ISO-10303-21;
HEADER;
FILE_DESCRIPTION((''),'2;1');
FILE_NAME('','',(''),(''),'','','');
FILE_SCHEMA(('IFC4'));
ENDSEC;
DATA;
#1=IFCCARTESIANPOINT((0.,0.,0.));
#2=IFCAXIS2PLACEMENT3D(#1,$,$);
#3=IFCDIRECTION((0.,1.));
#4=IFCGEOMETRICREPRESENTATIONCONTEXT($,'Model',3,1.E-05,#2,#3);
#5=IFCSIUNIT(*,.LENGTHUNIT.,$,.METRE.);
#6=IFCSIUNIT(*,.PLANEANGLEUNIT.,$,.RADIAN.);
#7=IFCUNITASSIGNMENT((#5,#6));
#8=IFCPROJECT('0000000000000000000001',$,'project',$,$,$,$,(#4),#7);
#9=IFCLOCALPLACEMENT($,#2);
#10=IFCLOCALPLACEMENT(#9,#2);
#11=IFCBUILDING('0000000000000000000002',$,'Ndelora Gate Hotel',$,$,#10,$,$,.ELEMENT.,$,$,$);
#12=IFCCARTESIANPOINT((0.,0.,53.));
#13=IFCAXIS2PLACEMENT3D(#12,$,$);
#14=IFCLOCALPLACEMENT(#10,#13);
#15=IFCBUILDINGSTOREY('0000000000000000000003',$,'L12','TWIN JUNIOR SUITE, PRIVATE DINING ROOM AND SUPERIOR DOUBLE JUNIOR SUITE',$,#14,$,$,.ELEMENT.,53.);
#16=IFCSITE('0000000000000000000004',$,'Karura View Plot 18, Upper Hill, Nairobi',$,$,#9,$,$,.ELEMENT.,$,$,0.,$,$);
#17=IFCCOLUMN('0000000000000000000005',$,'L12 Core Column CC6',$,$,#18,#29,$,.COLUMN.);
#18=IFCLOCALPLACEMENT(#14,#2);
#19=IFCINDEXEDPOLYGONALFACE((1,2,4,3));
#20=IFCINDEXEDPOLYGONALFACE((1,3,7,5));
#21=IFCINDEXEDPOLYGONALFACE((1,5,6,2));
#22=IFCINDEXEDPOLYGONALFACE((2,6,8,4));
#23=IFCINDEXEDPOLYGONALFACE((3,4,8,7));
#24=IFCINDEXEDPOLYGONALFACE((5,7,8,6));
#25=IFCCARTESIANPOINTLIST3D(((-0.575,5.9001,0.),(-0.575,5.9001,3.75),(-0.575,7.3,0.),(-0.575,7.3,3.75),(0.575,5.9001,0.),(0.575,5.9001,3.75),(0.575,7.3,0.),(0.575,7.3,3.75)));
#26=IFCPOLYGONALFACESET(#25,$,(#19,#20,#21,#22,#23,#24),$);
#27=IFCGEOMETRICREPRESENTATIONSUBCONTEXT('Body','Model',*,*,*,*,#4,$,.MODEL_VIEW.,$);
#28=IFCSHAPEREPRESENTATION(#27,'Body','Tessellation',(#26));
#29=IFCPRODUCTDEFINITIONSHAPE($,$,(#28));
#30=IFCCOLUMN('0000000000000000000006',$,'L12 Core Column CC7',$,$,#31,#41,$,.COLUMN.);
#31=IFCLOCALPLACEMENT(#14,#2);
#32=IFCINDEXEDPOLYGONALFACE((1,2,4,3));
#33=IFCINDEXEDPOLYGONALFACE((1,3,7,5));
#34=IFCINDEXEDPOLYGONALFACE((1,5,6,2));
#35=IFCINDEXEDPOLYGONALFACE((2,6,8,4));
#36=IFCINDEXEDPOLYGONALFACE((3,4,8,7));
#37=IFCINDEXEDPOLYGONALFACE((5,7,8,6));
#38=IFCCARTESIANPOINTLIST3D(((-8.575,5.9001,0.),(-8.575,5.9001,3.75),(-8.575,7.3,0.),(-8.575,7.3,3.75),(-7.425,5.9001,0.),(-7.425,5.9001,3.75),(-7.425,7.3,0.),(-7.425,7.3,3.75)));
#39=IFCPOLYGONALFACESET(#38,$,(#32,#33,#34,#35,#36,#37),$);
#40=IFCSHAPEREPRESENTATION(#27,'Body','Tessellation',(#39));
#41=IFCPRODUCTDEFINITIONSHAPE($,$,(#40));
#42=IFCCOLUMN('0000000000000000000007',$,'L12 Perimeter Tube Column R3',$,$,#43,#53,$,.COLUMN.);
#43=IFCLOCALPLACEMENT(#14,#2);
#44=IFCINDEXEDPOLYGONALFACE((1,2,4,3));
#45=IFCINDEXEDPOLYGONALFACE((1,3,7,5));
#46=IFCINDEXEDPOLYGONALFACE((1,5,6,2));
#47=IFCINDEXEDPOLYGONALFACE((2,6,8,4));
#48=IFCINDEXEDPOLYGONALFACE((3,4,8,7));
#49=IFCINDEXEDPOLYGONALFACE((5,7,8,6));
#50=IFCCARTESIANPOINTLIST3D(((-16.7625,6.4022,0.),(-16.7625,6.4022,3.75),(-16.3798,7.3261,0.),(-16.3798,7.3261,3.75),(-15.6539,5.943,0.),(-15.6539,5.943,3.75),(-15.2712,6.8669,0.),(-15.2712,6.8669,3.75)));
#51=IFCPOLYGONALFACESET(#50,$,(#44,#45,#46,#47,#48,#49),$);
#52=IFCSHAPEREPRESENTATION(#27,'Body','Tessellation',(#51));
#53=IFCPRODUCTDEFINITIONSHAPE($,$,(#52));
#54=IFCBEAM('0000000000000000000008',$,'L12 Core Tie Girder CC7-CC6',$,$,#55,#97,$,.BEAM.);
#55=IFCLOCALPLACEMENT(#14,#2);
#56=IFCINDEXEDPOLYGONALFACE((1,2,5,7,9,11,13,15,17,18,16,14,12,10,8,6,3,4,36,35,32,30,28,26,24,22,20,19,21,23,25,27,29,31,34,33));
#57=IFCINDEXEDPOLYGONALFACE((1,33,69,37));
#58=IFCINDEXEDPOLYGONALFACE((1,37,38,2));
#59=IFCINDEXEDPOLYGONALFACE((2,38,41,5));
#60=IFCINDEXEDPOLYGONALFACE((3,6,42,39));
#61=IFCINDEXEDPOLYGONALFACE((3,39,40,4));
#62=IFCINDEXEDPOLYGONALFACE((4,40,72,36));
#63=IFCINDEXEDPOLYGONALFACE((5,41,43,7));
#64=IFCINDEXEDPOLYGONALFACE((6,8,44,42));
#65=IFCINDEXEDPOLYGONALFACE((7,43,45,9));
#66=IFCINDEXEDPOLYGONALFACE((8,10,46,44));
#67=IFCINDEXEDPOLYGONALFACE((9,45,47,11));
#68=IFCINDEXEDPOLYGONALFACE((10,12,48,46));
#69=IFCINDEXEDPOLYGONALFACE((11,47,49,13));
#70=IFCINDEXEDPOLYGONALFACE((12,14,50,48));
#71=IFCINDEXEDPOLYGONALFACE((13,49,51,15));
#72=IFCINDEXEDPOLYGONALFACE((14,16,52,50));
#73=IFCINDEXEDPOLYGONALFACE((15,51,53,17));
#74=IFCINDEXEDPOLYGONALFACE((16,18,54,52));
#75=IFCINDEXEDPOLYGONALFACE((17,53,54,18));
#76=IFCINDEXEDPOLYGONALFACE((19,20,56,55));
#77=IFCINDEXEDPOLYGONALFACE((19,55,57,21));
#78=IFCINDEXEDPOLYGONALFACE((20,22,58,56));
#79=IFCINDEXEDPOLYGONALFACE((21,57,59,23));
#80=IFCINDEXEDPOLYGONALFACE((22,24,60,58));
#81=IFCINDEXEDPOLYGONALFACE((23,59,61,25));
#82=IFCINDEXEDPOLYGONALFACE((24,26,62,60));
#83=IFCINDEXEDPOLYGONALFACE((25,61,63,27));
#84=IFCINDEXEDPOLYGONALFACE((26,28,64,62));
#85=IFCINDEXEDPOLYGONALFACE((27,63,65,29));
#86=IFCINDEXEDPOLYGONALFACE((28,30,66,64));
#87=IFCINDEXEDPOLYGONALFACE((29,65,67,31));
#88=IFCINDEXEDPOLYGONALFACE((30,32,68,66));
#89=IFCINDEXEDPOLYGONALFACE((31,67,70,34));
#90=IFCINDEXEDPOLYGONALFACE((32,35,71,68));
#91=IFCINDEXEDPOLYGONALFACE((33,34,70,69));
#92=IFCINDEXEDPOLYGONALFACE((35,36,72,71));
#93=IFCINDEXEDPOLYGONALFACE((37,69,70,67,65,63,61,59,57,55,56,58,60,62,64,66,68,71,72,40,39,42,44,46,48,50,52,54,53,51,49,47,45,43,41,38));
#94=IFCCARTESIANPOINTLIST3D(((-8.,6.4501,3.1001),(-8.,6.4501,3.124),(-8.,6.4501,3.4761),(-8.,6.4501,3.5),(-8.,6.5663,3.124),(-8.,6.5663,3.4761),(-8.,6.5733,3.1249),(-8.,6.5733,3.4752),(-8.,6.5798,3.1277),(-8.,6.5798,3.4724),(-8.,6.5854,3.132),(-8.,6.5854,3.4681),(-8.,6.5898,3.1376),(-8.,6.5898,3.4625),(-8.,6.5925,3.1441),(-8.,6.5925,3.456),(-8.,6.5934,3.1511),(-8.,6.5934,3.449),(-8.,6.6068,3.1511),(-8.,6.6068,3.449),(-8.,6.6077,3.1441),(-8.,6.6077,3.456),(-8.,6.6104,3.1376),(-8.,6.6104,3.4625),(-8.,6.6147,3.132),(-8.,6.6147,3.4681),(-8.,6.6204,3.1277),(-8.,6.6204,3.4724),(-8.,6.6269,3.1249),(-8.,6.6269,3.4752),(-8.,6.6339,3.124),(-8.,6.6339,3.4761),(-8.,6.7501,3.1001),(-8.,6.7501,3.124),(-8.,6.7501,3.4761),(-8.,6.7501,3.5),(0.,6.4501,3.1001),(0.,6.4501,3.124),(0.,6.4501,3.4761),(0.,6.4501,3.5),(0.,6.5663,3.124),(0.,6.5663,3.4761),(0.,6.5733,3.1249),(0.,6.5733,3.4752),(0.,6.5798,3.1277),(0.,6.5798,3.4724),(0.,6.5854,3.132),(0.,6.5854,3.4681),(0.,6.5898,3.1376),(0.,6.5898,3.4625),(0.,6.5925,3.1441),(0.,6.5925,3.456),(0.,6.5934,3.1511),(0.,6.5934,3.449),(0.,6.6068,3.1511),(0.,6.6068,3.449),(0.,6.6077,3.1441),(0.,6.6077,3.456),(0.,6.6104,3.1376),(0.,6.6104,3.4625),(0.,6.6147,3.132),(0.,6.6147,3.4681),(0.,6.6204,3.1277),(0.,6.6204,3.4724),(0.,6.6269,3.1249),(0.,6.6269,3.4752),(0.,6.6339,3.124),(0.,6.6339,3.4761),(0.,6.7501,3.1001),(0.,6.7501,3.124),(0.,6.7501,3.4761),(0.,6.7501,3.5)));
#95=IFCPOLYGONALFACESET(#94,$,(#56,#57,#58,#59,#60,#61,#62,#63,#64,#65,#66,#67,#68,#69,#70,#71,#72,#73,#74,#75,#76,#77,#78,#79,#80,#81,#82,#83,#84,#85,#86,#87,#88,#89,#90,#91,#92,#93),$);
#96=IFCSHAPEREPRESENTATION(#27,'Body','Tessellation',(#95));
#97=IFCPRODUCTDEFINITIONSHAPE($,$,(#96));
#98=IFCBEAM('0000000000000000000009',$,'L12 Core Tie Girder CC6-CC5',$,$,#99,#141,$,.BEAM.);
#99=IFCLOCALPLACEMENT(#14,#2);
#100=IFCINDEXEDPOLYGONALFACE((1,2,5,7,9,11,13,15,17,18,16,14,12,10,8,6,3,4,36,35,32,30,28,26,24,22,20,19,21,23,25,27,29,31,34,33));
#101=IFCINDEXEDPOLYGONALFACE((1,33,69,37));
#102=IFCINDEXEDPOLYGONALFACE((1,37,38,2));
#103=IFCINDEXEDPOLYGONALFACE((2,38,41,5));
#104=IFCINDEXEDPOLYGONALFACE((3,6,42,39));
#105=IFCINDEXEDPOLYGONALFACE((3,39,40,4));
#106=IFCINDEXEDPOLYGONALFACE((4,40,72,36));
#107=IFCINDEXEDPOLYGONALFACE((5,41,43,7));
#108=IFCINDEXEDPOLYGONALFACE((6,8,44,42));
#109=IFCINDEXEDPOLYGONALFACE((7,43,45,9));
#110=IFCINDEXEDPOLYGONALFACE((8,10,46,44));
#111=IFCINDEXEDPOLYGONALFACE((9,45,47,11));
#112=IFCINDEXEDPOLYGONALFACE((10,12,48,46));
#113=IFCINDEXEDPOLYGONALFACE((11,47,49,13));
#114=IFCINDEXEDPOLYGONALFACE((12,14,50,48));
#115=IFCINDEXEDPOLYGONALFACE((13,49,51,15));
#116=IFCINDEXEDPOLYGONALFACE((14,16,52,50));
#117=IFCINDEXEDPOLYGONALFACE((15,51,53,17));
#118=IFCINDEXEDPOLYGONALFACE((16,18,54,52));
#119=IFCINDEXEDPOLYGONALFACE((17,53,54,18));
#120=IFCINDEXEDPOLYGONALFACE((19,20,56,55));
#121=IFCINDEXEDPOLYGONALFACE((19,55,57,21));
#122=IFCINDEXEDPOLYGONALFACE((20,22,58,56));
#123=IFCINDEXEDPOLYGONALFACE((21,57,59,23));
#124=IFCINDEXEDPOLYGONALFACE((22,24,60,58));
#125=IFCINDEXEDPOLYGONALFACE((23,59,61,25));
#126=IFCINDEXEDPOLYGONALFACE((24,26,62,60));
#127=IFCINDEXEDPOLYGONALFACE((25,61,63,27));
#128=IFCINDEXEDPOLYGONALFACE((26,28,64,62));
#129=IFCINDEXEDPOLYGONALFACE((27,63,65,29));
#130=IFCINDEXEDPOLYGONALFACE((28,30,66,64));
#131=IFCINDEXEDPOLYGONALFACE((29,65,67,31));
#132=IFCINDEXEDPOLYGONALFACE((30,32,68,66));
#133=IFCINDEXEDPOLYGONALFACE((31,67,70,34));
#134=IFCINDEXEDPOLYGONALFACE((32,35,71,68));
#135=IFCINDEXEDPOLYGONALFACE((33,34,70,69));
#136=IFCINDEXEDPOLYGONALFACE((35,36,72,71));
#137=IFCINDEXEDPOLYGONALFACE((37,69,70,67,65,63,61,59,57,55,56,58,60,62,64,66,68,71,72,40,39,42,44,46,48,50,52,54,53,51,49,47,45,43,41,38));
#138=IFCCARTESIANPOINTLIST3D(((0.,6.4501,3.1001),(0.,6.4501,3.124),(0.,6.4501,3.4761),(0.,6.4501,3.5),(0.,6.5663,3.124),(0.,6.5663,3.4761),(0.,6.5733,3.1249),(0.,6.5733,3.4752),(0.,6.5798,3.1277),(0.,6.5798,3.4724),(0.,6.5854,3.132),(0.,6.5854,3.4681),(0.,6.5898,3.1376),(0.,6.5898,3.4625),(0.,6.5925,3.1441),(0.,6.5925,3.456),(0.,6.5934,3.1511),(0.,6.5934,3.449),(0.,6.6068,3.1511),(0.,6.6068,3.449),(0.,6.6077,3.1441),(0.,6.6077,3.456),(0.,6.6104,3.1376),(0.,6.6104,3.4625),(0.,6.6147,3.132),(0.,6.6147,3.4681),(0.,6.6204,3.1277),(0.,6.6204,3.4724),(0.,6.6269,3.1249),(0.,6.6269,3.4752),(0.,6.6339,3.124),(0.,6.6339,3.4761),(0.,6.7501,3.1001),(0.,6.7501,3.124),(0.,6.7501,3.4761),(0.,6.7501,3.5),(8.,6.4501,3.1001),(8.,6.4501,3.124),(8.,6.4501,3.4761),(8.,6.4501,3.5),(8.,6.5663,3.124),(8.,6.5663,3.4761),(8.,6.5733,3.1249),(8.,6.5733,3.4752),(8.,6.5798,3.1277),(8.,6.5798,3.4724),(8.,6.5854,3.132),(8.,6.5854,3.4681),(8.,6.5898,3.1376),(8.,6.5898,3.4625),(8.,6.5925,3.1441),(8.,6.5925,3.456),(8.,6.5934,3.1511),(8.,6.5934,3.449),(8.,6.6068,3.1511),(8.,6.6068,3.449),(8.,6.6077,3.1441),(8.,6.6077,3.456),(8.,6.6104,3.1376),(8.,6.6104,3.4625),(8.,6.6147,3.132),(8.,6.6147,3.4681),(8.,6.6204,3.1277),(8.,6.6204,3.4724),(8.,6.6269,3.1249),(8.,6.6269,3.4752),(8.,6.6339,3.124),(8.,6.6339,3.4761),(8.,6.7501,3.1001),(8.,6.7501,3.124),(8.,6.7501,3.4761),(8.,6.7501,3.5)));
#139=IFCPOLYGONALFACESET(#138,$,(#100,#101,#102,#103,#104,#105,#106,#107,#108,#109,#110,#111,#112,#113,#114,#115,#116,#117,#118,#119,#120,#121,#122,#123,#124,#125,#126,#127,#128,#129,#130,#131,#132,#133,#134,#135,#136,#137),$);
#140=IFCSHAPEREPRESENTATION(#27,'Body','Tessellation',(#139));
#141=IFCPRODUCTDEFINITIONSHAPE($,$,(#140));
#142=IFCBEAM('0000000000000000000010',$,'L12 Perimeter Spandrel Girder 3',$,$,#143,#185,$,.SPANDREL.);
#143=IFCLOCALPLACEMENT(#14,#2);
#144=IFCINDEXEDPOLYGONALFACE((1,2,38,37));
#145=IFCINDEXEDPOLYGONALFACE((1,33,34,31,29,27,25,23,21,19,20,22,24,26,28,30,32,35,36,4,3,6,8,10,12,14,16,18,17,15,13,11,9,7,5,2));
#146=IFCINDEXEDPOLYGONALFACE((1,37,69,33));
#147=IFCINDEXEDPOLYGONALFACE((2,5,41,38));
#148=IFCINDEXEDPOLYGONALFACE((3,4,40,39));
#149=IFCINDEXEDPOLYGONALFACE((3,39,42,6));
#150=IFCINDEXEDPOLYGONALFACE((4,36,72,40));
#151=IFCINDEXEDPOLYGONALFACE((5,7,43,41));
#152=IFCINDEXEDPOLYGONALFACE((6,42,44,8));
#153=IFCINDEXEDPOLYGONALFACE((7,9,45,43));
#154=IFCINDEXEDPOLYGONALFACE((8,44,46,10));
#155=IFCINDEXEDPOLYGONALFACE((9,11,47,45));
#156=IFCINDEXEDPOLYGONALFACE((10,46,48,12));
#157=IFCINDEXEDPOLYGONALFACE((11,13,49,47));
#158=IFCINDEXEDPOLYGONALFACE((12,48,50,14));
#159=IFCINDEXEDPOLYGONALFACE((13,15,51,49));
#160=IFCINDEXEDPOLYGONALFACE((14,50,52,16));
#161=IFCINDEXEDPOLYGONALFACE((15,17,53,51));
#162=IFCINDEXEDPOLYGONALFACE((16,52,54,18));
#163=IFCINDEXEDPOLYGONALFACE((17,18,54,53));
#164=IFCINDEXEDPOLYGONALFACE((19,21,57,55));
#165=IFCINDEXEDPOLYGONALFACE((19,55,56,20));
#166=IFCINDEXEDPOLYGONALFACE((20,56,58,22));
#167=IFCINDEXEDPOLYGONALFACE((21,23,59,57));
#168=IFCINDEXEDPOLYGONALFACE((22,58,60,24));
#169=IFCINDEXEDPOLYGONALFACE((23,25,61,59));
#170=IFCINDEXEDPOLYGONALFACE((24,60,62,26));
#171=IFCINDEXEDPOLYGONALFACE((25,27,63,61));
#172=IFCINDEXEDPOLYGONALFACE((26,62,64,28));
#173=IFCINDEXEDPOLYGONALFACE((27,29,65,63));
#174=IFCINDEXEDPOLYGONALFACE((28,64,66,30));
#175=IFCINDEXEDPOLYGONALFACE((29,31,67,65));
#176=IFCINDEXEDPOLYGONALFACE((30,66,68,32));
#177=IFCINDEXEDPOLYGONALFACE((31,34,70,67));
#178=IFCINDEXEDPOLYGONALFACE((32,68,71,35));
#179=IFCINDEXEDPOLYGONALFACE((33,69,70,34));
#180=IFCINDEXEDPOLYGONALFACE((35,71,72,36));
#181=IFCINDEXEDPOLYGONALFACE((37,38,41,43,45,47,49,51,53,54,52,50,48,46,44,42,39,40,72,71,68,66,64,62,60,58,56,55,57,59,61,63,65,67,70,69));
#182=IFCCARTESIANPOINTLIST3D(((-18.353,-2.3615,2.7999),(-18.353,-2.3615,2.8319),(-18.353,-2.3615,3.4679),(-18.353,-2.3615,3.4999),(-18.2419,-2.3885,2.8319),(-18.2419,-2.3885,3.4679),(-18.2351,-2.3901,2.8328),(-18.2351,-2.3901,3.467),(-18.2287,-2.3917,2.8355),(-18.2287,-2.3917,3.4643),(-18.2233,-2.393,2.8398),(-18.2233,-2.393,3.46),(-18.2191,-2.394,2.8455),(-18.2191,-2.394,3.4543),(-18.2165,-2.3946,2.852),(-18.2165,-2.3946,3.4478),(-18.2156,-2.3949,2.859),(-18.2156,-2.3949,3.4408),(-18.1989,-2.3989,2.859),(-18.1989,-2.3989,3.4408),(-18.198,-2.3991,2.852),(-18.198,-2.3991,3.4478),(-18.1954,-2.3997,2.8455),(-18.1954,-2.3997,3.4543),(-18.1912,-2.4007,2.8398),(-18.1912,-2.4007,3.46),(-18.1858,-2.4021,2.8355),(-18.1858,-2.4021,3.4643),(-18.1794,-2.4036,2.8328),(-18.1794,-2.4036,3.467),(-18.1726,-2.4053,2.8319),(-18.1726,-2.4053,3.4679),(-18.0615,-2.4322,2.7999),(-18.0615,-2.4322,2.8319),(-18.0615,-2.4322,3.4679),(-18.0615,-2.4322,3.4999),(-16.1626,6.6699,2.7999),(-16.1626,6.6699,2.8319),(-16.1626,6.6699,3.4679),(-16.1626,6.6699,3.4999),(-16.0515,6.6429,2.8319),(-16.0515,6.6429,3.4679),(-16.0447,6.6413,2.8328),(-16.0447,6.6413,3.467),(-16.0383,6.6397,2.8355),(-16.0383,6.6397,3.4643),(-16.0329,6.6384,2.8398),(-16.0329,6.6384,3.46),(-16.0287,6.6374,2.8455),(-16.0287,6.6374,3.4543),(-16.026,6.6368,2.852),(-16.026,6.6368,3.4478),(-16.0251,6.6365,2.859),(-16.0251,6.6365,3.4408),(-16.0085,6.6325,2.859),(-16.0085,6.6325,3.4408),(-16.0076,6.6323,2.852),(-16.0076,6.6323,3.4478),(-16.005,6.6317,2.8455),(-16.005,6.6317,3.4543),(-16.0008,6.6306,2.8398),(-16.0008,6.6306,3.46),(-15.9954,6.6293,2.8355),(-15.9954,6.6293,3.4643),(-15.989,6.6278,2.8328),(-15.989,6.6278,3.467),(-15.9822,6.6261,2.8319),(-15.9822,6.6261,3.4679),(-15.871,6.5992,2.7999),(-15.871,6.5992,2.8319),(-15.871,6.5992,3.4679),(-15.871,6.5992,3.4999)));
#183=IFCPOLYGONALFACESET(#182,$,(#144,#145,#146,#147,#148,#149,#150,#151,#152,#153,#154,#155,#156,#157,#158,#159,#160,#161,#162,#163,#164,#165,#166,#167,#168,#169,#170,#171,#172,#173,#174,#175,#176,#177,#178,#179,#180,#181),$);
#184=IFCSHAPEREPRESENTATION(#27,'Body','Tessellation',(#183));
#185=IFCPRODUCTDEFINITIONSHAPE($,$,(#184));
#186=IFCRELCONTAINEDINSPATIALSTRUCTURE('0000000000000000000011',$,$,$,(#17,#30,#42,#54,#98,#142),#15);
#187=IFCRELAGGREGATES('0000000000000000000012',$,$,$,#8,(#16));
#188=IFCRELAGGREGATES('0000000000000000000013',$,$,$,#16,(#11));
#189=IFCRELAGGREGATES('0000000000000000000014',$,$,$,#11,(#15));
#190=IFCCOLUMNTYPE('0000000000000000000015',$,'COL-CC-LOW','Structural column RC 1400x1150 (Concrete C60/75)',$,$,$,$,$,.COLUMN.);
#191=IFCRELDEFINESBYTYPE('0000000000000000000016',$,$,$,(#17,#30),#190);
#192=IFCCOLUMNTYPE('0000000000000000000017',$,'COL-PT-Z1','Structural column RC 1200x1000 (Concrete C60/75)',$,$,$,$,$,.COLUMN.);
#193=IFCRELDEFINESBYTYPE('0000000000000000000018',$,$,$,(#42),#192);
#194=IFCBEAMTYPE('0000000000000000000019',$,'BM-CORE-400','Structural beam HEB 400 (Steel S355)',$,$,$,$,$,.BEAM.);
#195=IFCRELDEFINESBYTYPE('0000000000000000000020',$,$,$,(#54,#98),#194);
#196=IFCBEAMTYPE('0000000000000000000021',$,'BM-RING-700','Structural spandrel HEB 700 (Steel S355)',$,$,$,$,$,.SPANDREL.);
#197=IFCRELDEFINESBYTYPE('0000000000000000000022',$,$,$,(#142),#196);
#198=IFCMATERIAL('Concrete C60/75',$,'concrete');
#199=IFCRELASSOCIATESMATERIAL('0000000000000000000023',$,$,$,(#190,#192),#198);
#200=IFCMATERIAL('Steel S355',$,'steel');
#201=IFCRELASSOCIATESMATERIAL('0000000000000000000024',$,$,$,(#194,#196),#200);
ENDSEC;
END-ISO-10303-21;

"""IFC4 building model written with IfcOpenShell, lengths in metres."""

from ifc_helpers import new_model, si_unit, direction, frame, origin, origin_2d, place, context, subcontext, project, spatial, rectangle, i_section, extrude, material, material_profile, profile_set, type_object, element, save


model = new_model("IFC4")

# Units and contexts
model_context = context("Model", 3, precision=1e-05, world=origin(), true_north=direction((0.0, 1.0)))
body_context = subcontext(model_context, "Body", "Model", "MODEL_VIEW")
ifc_project = project(units=[si_unit("LENGTHUNIT", "METRE"), si_unit("PLANEANGLEUNIT", "RADIAN")], contexts=[model_context])

# Site, building, storey
site_placement = place(None, origin())
site = spatial("IfcSite", under=ifc_project, at=site_placement, Name="Karura View Plot 18, Upper Hill, Nairobi", CompositionType="ELEMENT", RefElevation=0.0)
building_placement = place(site_placement, origin())
building = spatial("IfcBuilding", under=site, at=building_placement, Name="Ndelora Gate Hotel", CompositionType="ELEMENT")
storey_placement = place(building_placement, frame((0.0, 0.0, 53.0)))
storey = spatial("IfcBuildingStorey", under=building, at=storey_placement, Name="L12", Description="TWIN JUNIOR SUITE, PRIVATE DINING ROOM AND SUPERIOR DOUBLE JUNIOR SUITE", CompositionType="ELEMENT", Elevation=53.0)

# Columns
ifc_material_1 = material(Name="Concrete C60/75", Category="concrete")
ifc_material_profile_1 = material_profile(ifc_material_1, rectangle(XDim=1.1499, YDim=1.3999, at=origin_2d()), Name="RC 1400x1150")
ifc_profile_set_1 = profile_set([ifc_material_profile_1], Name="Concrete C60/75")
column_type_1 = type_object("IfcColumnType", Name="COL-CC-LOW", Description="Structural column RC 1400x1150 (Concrete C60/75)", PredefinedType="COLUMN", material=ifc_profile_set_1)
for number, where, z_axis, x_axis, name in (
    (1, (0.0, 6.6001, 0.0), (0.0, 0.0, 1.0), (1.0, 0.0, 0.0), "L12 Core Column CC6"),
    (2, (-8.0, 6.6001, 0.0), (0.0, 0.0, 1.0), (1.0, 0.0, 0.0), "L12 Core Column CC7"),
):
    element("IfcColumn", number, at=place(storey_placement, frame(where, z_axis=z_axis, x_axis=x_axis)), inside=storey, type_object=column_type_1, Name=name, PredefinedType="COLUMN", context=body_context, shape_type="SweptSolid", body=[
        extrude(rectangle(XDim=1.1499, YDim=1.3999, at=origin_2d()), origin(), (0.0, 0.0, 1.0), 3.75),
    ])
ifc_material_profile_2 = material_profile(ifc_material_1, rectangle(XDim=1.0, YDim=1.2, at=origin_2d()), Name="RC 1200x1000")
ifc_profile_set_2 = profile_set([ifc_material_profile_2], Name="Concrete C60/75")
column_type_2 = type_object("IfcColumnType", Name="COL-PT-Z1", Description="Structural column RC 1200x1000 (Concrete C60/75)", PredefinedType="COLUMN", material=ifc_profile_set_2)
column_placement = place(storey_placement, frame((-16.0168, 6.6345, 0.0), z_axis=(0.0, 0.0, 1.0), x_axis=(0.382683, 0.92388, 0.0)))
element("IfcColumn", 3, at=column_placement, inside=storey, type_object=column_type_2, Name="L12 Perimeter Tube Column R3", PredefinedType="COLUMN", context=body_context, shape_type="SweptSolid", body=[
    extrude(rectangle(XDim=1.0, YDim=1.2, at=origin_2d()), origin(), (0.0, 0.0, 1.0), 3.75),
])

# Beams
ifc_material_2 = material(Name="Steel S355", Category="steel")
ifc_material_profile_3 = material_profile(ifc_material_2, i_section(OverallWidth=0.3, OverallDepth=0.3999, WebThickness=0.0134, FlangeThickness=0.0239, FilletRadius=0.0271, at=origin_2d()), Name="HEB 400")
ifc_profile_set_3 = profile_set([ifc_material_profile_3], Name="Steel S355")
beam_type_1 = type_object("IfcBeamType", Name="BM-CORE-400", Description="Structural beam HEB 400 (Steel S355)", PredefinedType="BEAM", material=ifc_profile_set_3)
for number, where, z_axis, x_axis, name in (
    (4, (-8.0, 6.6001, 3.3), (1.0, 0.0, 0.0), (0.0, 1.0, 0.0), "L12 Core Tie Girder CC7-CC6"),
    (5, (0.0, 6.6001, 3.3), (1.0, 0.0, 0.0), (0.0, 1.0, 0.0), "L12 Core Tie Girder CC6-CC5"),
):
    element("IfcBeam", number, at=place(storey_placement, frame(where, z_axis=z_axis, x_axis=x_axis)), inside=storey, type_object=beam_type_1, Name=name, PredefinedType="BEAM", context=body_context, shape_type="SweptSolid", body=[
        extrude(i_section(OverallWidth=0.3, OverallDepth=0.3999, WebThickness=0.0134, FlangeThickness=0.0239, FilletRadius=0.0271, at=origin_2d()), origin(), (0.0, 0.0, 1.0), 8.0),
    ])
ifc_material_profile_4 = material_profile(ifc_material_2, i_section(OverallWidth=0.3, OverallDepth=0.7, WebThickness=0.0171, FlangeThickness=0.032, FilletRadius=0.0271, at=origin_2d()), Name="HEB 700")
ifc_profile_set_4 = profile_set([ifc_material_profile_4], Name="Steel S355")
beam_type_2 = type_object("IfcBeamType", Name="BM-RING-700", Description="Structural spandrel HEB 700 (Steel S355)", PredefinedType="SPANDREL", material=ifc_profile_set_4)
beam_placement = place(storey_placement, frame((-16.0168, 6.6345, 3.1499), z_axis=(-0.235699, -0.971826, 0.0), x_axis=(0.971826, -0.235699, 0.0)))
element("IfcBeam", 6, at=beam_placement, inside=storey, type_object=beam_type_2, Name="L12 Perimeter Spandrel Girder 3", PredefinedType="SPANDREL", context=body_context, shape_type="SweptSolid", body=[
    extrude(i_section(OverallWidth=0.3, OverallDepth=0.7, WebThickness=0.0171, FlangeThickness=0.032, FilletRadius=0.0271, at=origin_2d()), origin(), (0.0, 0.0, 1.0), 9.2932),
])

save(model, "model.ifc")
